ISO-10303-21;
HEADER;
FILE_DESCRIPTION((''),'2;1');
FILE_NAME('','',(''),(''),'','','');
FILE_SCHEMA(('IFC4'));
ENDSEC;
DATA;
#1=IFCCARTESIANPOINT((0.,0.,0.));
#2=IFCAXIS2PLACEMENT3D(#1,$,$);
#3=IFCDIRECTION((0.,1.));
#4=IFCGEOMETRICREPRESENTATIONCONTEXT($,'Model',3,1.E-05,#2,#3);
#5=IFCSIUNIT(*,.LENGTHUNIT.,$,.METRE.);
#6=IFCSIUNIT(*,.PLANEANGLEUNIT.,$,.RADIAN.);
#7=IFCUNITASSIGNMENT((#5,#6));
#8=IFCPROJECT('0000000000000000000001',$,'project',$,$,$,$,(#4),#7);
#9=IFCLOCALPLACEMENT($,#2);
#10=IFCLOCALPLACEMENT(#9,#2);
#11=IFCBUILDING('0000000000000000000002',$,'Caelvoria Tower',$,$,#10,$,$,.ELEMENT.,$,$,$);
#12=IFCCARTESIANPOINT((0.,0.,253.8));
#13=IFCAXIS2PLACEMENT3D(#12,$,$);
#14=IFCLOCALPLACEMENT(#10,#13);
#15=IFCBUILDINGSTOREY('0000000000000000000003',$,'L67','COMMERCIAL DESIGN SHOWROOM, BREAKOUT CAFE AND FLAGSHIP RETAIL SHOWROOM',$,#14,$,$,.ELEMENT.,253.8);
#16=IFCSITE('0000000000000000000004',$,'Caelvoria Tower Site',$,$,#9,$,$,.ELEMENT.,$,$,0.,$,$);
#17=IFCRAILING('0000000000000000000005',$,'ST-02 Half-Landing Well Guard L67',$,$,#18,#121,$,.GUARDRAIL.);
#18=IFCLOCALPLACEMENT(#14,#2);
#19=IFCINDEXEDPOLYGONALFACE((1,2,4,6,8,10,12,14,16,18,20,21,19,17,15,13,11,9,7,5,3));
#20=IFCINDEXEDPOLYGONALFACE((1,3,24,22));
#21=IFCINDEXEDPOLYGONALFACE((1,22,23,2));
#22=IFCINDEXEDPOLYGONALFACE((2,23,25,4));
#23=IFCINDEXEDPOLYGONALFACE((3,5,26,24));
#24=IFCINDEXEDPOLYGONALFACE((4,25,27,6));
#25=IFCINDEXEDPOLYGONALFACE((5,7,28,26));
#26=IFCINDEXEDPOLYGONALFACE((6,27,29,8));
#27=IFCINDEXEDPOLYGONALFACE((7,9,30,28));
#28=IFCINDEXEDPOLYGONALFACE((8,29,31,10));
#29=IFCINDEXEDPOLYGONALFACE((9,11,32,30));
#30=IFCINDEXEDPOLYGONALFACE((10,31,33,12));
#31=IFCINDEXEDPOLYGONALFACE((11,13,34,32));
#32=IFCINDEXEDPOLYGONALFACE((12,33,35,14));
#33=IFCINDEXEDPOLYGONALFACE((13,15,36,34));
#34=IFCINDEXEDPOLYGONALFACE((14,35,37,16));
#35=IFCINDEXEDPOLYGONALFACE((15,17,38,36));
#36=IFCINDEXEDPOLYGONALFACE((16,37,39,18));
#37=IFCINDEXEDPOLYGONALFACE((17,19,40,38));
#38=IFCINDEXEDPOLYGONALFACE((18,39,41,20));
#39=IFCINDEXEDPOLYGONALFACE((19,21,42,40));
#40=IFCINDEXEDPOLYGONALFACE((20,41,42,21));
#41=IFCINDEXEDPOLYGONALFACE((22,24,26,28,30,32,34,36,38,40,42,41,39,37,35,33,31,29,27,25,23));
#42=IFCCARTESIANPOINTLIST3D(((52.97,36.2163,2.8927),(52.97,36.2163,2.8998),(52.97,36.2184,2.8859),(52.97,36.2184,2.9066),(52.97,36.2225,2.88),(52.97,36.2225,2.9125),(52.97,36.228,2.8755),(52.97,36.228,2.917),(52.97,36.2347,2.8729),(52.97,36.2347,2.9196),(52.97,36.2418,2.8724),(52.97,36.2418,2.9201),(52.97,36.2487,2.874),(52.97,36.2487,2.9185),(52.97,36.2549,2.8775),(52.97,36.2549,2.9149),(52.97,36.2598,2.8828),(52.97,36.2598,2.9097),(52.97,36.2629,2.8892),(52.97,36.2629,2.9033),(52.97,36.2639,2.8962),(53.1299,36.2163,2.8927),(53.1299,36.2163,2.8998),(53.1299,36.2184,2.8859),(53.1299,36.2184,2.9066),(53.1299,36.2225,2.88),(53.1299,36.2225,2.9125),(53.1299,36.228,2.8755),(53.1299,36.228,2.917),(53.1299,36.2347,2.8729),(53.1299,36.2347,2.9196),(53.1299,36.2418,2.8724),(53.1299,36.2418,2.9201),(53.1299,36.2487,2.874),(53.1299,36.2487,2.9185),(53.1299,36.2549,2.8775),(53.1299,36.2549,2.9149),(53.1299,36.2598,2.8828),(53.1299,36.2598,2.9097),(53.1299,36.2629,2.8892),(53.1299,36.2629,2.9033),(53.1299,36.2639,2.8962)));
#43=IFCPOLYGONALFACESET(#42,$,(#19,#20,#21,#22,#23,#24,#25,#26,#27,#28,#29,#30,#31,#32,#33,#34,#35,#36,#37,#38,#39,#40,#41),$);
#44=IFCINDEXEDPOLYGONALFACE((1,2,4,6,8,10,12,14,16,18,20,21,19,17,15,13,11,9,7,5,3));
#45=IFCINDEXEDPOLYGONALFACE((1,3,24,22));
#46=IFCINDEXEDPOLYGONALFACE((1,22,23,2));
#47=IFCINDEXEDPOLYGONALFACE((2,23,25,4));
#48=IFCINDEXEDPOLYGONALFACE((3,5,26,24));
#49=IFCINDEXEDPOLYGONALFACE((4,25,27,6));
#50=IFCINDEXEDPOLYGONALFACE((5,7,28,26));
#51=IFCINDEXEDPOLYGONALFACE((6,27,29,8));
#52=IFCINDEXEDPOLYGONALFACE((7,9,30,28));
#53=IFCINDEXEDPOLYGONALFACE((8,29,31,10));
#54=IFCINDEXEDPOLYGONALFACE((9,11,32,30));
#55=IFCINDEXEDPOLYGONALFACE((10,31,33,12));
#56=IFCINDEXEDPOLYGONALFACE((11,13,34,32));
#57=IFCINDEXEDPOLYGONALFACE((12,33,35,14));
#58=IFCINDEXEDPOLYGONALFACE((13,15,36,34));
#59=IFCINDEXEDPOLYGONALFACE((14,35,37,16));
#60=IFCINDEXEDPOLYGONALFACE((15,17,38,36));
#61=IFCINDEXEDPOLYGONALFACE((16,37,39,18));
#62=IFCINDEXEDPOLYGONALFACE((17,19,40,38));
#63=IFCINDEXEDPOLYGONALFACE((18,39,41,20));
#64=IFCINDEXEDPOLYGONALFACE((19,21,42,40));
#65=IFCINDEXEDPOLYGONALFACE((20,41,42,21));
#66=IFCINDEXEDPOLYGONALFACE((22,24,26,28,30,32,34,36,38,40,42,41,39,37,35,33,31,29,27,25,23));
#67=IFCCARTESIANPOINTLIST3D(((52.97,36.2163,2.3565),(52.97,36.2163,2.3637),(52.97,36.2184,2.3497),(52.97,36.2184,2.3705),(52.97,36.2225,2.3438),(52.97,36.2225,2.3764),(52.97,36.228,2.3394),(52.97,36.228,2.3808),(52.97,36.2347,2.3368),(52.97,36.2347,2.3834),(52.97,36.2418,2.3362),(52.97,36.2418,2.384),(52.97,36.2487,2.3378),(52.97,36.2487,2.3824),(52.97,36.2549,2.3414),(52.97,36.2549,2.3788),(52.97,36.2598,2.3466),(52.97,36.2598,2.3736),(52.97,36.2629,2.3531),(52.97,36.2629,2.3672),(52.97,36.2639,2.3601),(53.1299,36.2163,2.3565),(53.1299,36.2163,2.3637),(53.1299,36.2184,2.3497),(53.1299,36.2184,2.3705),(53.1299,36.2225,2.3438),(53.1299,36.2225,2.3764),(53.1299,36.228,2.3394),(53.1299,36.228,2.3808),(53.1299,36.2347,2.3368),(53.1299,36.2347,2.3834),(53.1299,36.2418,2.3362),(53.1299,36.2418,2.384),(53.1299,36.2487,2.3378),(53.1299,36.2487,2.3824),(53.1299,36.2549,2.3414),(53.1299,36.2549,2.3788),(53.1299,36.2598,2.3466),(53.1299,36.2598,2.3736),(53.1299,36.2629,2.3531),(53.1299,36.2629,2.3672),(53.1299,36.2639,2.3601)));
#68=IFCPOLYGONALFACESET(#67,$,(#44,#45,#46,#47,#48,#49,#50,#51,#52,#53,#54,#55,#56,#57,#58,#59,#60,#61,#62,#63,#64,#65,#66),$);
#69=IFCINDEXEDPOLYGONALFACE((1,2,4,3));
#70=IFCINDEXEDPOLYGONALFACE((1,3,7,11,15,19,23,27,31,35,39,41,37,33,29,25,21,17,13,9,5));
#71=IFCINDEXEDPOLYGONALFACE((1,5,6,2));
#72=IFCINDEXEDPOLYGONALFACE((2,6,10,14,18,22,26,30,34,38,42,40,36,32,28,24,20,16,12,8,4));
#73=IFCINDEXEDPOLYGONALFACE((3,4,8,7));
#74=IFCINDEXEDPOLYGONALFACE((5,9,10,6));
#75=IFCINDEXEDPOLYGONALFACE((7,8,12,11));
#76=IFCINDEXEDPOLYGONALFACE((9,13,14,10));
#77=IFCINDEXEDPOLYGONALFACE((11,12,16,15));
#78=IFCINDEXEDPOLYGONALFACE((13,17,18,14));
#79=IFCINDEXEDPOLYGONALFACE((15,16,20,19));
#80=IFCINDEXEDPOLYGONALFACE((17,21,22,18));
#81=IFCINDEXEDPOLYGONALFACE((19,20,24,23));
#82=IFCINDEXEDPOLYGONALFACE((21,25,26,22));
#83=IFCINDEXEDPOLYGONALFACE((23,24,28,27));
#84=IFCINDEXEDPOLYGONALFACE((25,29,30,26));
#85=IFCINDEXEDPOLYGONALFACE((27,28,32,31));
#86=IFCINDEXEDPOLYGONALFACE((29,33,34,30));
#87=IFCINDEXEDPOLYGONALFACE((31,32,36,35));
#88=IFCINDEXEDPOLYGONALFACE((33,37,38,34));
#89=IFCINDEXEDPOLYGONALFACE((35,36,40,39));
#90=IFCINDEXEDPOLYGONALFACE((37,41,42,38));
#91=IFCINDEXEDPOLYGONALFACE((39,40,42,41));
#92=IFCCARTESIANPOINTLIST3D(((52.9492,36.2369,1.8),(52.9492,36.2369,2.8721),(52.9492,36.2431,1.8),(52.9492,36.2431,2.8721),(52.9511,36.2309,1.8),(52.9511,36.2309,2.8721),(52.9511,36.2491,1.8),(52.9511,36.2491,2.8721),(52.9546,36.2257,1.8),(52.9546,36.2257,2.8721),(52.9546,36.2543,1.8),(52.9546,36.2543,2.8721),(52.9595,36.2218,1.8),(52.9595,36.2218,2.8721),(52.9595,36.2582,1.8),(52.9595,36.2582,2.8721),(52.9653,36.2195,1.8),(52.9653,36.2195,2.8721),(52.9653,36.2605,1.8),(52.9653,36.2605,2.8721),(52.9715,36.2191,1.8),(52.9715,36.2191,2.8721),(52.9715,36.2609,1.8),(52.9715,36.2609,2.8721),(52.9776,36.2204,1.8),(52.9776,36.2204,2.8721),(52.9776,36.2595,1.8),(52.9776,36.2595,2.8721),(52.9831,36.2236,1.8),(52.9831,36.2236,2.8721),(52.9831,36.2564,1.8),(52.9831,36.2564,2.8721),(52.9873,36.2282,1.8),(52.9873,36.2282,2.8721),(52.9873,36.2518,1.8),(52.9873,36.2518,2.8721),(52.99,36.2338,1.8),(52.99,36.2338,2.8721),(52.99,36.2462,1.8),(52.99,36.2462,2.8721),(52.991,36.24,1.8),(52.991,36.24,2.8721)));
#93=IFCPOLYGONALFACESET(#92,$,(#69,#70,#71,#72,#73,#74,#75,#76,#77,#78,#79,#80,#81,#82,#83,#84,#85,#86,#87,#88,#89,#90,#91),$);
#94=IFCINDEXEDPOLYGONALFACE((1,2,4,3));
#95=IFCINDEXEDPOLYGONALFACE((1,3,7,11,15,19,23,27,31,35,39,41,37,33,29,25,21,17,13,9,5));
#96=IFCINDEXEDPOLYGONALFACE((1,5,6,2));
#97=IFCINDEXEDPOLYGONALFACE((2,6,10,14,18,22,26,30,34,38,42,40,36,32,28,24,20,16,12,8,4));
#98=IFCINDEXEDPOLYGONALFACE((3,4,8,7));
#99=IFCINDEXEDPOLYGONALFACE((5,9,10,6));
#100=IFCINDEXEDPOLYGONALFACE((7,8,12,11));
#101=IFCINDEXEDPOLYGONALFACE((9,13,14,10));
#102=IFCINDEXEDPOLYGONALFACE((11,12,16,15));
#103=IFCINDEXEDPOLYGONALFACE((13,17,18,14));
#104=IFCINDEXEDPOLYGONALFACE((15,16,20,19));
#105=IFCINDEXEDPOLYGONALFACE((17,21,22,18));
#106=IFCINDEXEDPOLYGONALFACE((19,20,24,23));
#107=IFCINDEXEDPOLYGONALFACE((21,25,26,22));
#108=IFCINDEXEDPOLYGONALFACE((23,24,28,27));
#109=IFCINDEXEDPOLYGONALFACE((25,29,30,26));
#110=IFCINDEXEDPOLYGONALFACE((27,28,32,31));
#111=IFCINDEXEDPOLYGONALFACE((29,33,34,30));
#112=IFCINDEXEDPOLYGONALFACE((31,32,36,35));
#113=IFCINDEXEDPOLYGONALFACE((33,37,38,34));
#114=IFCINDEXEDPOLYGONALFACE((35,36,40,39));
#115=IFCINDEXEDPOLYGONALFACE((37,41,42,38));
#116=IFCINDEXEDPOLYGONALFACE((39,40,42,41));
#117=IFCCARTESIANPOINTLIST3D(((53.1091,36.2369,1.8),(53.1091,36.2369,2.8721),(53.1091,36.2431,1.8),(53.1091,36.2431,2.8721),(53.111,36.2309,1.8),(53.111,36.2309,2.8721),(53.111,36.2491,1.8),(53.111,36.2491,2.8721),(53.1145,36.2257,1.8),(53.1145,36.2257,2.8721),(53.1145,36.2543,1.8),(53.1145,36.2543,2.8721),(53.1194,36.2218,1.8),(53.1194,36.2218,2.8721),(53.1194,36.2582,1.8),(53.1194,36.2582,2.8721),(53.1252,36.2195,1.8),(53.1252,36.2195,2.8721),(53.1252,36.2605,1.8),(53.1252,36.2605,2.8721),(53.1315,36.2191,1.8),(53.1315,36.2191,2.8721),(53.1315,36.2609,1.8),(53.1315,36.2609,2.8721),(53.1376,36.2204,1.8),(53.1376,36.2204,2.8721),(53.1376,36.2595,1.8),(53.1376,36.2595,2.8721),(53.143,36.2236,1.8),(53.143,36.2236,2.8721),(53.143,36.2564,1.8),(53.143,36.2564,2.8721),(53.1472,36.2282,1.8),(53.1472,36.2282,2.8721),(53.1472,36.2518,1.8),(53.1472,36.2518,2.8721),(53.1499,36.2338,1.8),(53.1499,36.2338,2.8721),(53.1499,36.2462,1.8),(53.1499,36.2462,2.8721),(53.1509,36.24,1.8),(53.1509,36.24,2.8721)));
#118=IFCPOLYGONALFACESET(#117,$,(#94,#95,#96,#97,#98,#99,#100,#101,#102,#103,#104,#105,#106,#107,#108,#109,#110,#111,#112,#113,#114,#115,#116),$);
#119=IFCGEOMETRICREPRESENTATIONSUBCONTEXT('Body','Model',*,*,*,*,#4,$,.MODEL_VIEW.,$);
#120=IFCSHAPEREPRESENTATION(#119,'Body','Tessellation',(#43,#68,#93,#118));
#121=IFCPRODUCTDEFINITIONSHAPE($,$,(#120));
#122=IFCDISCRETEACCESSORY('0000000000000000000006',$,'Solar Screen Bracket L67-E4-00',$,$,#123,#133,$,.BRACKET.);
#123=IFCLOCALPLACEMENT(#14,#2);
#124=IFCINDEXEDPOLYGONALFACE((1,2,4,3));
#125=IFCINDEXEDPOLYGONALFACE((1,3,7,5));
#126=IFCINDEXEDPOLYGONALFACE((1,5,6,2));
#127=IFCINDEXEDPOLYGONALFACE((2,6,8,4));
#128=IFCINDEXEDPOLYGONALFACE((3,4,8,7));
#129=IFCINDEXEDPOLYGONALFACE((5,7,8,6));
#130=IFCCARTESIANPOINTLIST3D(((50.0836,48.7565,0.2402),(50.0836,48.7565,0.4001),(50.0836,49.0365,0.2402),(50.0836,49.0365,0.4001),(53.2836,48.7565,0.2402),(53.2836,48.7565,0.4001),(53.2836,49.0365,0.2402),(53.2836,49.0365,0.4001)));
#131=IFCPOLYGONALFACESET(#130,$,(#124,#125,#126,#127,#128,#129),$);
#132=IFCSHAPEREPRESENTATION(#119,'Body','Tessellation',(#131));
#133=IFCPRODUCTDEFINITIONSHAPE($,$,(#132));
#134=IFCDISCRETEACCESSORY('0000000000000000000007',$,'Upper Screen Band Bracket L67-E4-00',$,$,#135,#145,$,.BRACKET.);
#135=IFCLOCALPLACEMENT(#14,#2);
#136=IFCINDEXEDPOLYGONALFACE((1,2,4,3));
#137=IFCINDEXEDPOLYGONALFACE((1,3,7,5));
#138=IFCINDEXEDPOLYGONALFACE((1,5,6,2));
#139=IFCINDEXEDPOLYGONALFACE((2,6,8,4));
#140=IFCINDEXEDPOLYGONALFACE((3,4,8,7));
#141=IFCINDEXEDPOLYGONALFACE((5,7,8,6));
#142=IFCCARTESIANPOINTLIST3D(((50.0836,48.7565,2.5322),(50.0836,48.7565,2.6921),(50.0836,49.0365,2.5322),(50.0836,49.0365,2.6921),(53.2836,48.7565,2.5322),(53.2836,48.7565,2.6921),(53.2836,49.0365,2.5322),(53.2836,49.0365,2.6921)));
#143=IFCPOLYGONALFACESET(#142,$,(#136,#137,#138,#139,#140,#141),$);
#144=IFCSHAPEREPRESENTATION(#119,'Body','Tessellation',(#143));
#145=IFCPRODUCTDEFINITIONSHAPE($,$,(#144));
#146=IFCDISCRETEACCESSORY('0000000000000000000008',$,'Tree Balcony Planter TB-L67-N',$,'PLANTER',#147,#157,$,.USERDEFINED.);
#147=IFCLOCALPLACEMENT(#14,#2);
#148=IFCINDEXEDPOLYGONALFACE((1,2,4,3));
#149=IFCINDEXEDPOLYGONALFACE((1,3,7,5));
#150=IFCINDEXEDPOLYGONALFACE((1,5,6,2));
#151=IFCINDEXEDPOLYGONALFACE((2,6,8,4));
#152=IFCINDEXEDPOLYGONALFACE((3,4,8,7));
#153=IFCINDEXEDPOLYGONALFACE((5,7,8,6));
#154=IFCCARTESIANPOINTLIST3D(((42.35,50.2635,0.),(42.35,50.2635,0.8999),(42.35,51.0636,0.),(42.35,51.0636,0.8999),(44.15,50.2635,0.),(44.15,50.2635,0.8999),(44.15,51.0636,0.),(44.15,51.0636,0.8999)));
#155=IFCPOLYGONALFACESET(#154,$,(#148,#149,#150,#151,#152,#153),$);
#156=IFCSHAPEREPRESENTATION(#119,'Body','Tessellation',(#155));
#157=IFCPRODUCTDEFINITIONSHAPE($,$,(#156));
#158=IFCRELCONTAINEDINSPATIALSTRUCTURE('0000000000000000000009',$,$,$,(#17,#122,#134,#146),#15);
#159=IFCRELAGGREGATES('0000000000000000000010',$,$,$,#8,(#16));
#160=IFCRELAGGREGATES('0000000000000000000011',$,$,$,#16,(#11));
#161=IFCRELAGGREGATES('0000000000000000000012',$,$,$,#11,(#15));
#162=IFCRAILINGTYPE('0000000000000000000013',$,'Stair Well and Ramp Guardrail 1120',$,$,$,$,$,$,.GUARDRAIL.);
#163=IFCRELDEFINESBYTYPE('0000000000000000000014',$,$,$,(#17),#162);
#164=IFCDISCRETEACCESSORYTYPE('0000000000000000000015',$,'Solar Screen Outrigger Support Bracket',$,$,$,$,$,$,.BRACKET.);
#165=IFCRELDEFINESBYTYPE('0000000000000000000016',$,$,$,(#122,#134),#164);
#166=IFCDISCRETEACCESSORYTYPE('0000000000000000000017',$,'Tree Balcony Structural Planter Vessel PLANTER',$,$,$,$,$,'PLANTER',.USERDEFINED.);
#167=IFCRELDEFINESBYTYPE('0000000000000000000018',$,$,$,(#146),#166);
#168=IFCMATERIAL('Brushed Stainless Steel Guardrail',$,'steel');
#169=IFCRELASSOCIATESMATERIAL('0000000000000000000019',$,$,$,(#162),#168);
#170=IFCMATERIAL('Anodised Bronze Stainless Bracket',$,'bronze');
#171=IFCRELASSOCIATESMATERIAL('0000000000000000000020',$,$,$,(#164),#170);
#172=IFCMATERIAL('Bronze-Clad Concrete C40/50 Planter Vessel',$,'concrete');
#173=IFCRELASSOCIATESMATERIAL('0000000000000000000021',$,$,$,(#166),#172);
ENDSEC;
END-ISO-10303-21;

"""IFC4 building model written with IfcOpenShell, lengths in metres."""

from ifc_helpers import new_model, si_unit, direction, frame, origin, origin_2d, place, context, subcontext, project, spatial, rectangle, circle, extrude, material, type_object, element, save


model = new_model("IFC4")

# Units and contexts
model_context = context("Model", 3, precision=1e-05, world=origin(), true_north=direction((0.0, 1.0)))
body_context = subcontext(model_context, "Body", "Model", "MODEL_VIEW")
ifc_project = project(units=[si_unit("LENGTHUNIT", "METRE"), si_unit("PLANEANGLEUNIT", "RADIAN")], contexts=[model_context])

# Site, building, storey
site_placement = place(None, origin())
site = spatial("IfcSite", under=ifc_project, at=site_placement, Name="Caelvoria Tower Site", CompositionType="ELEMENT", RefElevation=0.0)
building_placement = place(site_placement, origin())
building = spatial("IfcBuilding", under=site, at=building_placement, Name="Caelvoria Tower", CompositionType="ELEMENT")
storey_placement = place(building_placement, frame((0.0, 0.0, 253.8)))
storey = spatial("IfcBuildingStorey", under=building, at=storey_placement, Name="L67", Description="COMMERCIAL DESIGN SHOWROOM, BREAKOUT CAFE AND FLAGSHIP RETAIL SHOWROOM", CompositionType="ELEMENT", Elevation=253.8)

# Railing
ifc_material_1 = material(Name="Brushed Stainless Steel Guardrail", Category="steel")
railing_type_1 = type_object("IfcRailingType", Name="Stair Well and Ramp Guardrail 1120", PredefinedType="GUARDRAIL", material=ifc_material_1)
railing_1_placement = place(storey_placement, frame((52.97, 36.24, 1.8)))
element("IfcRailing", 1, at=railing_1_placement, inside=storey, type_object=railing_type_1, Name="ST-02 Half-Landing Well Guard L67", PredefinedType="GUARDRAIL", context=body_context, shape_type="SweptSolid", body=[
    extrude(circle(Radius=0.0239, at=origin_2d()), frame((0.0, 0.0, 1.0962), z_axis=(1.0, 0.0, 0.0), x_axis=(0.0, 1.0, 0.0)), (0.0, 0.0, 1.0), 0.1599),
    extrude(circle(Radius=0.0239, at=origin_2d()), frame((0.0, 0.0, 0.5601), z_axis=(1.0, 0.0, 0.0), x_axis=(0.0, 1.0, 0.0)), (0.0, 0.0, 1.0), 0.1599),
    extrude(circle(Radius=0.021, at=origin_2d()), origin(), (0.0, 0.0, 1.0), 1.072),
    extrude(circle(Radius=0.021, at=origin_2d()), frame((0.1599, 0.0, 0.0)), (0.0, 0.0, 1.0), 1.072),
])

# Discrete accessories
ifc_material_2 = material(Name="Anodised Bronze Stainless Bracket", Category="bronze")
discrete_accessory_type_1 = type_object("IfcDiscreteAccessoryType", Name="Solar Screen Outrigger Support Bracket", PredefinedType="BRACKET", material=ifc_material_2)
for number, where, z_axis, x_axis, name in (
    (2, (51.6836, 48.8965, 0.2402), (0.0, 0.0, 1.0), (-1.0, 0.0, 0.0), "Solar Screen Bracket L67-E4-00"),
    (3, (51.6836, 48.8965, 2.5322), (0.0, 0.0, 1.0), (-1.0, 0.0, 0.0), "Upper Screen Band Bracket L67-E4-00"),
):
    element("IfcDiscreteAccessory", number, at=place(storey_placement, frame(where, z_axis=z_axis, x_axis=x_axis)), inside=storey, type_object=discrete_accessory_type_1, Name=name, PredefinedType="BRACKET", context=body_context, shape_type="SweptSolid", body=[
        extrude(rectangle(XDim=3.2, YDim=0.28, at=origin_2d()), origin(), (0.0, 0.0, 1.0), 0.1599),
    ])
ifc_material_3 = material(Name="Bronze-Clad Concrete C40/50 Planter Vessel", Category="concrete")
discrete_accessory_type_2 = type_object("IfcDiscreteAccessoryType", Name="Tree Balcony Structural Planter Vessel PLANTER", ElementType="PLANTER", PredefinedType="USERDEFINED", material=ifc_material_3)
discrete_accessory_placement = place(storey_placement, frame((43.25, 50.6636, 0.0), z_axis=(0.0, 0.0, 1.0), x_axis=(1.0, 0.0, 0.0)))
element("IfcDiscreteAccessory", 4, at=discrete_accessory_placement, inside=storey, type_object=discrete_accessory_type_2, Name="Tree Balcony Planter TB-L67-N", ObjectType="PLANTER", PredefinedType="USERDEFINED", context=body_context, shape_type="SweptSolid", body=[
    extrude(rectangle(XDim=1.8, YDim=0.8, at=origin_2d()), origin(), (0.0, 0.0, 1.0), 0.8999),
])

save(model, "model.ifc")
